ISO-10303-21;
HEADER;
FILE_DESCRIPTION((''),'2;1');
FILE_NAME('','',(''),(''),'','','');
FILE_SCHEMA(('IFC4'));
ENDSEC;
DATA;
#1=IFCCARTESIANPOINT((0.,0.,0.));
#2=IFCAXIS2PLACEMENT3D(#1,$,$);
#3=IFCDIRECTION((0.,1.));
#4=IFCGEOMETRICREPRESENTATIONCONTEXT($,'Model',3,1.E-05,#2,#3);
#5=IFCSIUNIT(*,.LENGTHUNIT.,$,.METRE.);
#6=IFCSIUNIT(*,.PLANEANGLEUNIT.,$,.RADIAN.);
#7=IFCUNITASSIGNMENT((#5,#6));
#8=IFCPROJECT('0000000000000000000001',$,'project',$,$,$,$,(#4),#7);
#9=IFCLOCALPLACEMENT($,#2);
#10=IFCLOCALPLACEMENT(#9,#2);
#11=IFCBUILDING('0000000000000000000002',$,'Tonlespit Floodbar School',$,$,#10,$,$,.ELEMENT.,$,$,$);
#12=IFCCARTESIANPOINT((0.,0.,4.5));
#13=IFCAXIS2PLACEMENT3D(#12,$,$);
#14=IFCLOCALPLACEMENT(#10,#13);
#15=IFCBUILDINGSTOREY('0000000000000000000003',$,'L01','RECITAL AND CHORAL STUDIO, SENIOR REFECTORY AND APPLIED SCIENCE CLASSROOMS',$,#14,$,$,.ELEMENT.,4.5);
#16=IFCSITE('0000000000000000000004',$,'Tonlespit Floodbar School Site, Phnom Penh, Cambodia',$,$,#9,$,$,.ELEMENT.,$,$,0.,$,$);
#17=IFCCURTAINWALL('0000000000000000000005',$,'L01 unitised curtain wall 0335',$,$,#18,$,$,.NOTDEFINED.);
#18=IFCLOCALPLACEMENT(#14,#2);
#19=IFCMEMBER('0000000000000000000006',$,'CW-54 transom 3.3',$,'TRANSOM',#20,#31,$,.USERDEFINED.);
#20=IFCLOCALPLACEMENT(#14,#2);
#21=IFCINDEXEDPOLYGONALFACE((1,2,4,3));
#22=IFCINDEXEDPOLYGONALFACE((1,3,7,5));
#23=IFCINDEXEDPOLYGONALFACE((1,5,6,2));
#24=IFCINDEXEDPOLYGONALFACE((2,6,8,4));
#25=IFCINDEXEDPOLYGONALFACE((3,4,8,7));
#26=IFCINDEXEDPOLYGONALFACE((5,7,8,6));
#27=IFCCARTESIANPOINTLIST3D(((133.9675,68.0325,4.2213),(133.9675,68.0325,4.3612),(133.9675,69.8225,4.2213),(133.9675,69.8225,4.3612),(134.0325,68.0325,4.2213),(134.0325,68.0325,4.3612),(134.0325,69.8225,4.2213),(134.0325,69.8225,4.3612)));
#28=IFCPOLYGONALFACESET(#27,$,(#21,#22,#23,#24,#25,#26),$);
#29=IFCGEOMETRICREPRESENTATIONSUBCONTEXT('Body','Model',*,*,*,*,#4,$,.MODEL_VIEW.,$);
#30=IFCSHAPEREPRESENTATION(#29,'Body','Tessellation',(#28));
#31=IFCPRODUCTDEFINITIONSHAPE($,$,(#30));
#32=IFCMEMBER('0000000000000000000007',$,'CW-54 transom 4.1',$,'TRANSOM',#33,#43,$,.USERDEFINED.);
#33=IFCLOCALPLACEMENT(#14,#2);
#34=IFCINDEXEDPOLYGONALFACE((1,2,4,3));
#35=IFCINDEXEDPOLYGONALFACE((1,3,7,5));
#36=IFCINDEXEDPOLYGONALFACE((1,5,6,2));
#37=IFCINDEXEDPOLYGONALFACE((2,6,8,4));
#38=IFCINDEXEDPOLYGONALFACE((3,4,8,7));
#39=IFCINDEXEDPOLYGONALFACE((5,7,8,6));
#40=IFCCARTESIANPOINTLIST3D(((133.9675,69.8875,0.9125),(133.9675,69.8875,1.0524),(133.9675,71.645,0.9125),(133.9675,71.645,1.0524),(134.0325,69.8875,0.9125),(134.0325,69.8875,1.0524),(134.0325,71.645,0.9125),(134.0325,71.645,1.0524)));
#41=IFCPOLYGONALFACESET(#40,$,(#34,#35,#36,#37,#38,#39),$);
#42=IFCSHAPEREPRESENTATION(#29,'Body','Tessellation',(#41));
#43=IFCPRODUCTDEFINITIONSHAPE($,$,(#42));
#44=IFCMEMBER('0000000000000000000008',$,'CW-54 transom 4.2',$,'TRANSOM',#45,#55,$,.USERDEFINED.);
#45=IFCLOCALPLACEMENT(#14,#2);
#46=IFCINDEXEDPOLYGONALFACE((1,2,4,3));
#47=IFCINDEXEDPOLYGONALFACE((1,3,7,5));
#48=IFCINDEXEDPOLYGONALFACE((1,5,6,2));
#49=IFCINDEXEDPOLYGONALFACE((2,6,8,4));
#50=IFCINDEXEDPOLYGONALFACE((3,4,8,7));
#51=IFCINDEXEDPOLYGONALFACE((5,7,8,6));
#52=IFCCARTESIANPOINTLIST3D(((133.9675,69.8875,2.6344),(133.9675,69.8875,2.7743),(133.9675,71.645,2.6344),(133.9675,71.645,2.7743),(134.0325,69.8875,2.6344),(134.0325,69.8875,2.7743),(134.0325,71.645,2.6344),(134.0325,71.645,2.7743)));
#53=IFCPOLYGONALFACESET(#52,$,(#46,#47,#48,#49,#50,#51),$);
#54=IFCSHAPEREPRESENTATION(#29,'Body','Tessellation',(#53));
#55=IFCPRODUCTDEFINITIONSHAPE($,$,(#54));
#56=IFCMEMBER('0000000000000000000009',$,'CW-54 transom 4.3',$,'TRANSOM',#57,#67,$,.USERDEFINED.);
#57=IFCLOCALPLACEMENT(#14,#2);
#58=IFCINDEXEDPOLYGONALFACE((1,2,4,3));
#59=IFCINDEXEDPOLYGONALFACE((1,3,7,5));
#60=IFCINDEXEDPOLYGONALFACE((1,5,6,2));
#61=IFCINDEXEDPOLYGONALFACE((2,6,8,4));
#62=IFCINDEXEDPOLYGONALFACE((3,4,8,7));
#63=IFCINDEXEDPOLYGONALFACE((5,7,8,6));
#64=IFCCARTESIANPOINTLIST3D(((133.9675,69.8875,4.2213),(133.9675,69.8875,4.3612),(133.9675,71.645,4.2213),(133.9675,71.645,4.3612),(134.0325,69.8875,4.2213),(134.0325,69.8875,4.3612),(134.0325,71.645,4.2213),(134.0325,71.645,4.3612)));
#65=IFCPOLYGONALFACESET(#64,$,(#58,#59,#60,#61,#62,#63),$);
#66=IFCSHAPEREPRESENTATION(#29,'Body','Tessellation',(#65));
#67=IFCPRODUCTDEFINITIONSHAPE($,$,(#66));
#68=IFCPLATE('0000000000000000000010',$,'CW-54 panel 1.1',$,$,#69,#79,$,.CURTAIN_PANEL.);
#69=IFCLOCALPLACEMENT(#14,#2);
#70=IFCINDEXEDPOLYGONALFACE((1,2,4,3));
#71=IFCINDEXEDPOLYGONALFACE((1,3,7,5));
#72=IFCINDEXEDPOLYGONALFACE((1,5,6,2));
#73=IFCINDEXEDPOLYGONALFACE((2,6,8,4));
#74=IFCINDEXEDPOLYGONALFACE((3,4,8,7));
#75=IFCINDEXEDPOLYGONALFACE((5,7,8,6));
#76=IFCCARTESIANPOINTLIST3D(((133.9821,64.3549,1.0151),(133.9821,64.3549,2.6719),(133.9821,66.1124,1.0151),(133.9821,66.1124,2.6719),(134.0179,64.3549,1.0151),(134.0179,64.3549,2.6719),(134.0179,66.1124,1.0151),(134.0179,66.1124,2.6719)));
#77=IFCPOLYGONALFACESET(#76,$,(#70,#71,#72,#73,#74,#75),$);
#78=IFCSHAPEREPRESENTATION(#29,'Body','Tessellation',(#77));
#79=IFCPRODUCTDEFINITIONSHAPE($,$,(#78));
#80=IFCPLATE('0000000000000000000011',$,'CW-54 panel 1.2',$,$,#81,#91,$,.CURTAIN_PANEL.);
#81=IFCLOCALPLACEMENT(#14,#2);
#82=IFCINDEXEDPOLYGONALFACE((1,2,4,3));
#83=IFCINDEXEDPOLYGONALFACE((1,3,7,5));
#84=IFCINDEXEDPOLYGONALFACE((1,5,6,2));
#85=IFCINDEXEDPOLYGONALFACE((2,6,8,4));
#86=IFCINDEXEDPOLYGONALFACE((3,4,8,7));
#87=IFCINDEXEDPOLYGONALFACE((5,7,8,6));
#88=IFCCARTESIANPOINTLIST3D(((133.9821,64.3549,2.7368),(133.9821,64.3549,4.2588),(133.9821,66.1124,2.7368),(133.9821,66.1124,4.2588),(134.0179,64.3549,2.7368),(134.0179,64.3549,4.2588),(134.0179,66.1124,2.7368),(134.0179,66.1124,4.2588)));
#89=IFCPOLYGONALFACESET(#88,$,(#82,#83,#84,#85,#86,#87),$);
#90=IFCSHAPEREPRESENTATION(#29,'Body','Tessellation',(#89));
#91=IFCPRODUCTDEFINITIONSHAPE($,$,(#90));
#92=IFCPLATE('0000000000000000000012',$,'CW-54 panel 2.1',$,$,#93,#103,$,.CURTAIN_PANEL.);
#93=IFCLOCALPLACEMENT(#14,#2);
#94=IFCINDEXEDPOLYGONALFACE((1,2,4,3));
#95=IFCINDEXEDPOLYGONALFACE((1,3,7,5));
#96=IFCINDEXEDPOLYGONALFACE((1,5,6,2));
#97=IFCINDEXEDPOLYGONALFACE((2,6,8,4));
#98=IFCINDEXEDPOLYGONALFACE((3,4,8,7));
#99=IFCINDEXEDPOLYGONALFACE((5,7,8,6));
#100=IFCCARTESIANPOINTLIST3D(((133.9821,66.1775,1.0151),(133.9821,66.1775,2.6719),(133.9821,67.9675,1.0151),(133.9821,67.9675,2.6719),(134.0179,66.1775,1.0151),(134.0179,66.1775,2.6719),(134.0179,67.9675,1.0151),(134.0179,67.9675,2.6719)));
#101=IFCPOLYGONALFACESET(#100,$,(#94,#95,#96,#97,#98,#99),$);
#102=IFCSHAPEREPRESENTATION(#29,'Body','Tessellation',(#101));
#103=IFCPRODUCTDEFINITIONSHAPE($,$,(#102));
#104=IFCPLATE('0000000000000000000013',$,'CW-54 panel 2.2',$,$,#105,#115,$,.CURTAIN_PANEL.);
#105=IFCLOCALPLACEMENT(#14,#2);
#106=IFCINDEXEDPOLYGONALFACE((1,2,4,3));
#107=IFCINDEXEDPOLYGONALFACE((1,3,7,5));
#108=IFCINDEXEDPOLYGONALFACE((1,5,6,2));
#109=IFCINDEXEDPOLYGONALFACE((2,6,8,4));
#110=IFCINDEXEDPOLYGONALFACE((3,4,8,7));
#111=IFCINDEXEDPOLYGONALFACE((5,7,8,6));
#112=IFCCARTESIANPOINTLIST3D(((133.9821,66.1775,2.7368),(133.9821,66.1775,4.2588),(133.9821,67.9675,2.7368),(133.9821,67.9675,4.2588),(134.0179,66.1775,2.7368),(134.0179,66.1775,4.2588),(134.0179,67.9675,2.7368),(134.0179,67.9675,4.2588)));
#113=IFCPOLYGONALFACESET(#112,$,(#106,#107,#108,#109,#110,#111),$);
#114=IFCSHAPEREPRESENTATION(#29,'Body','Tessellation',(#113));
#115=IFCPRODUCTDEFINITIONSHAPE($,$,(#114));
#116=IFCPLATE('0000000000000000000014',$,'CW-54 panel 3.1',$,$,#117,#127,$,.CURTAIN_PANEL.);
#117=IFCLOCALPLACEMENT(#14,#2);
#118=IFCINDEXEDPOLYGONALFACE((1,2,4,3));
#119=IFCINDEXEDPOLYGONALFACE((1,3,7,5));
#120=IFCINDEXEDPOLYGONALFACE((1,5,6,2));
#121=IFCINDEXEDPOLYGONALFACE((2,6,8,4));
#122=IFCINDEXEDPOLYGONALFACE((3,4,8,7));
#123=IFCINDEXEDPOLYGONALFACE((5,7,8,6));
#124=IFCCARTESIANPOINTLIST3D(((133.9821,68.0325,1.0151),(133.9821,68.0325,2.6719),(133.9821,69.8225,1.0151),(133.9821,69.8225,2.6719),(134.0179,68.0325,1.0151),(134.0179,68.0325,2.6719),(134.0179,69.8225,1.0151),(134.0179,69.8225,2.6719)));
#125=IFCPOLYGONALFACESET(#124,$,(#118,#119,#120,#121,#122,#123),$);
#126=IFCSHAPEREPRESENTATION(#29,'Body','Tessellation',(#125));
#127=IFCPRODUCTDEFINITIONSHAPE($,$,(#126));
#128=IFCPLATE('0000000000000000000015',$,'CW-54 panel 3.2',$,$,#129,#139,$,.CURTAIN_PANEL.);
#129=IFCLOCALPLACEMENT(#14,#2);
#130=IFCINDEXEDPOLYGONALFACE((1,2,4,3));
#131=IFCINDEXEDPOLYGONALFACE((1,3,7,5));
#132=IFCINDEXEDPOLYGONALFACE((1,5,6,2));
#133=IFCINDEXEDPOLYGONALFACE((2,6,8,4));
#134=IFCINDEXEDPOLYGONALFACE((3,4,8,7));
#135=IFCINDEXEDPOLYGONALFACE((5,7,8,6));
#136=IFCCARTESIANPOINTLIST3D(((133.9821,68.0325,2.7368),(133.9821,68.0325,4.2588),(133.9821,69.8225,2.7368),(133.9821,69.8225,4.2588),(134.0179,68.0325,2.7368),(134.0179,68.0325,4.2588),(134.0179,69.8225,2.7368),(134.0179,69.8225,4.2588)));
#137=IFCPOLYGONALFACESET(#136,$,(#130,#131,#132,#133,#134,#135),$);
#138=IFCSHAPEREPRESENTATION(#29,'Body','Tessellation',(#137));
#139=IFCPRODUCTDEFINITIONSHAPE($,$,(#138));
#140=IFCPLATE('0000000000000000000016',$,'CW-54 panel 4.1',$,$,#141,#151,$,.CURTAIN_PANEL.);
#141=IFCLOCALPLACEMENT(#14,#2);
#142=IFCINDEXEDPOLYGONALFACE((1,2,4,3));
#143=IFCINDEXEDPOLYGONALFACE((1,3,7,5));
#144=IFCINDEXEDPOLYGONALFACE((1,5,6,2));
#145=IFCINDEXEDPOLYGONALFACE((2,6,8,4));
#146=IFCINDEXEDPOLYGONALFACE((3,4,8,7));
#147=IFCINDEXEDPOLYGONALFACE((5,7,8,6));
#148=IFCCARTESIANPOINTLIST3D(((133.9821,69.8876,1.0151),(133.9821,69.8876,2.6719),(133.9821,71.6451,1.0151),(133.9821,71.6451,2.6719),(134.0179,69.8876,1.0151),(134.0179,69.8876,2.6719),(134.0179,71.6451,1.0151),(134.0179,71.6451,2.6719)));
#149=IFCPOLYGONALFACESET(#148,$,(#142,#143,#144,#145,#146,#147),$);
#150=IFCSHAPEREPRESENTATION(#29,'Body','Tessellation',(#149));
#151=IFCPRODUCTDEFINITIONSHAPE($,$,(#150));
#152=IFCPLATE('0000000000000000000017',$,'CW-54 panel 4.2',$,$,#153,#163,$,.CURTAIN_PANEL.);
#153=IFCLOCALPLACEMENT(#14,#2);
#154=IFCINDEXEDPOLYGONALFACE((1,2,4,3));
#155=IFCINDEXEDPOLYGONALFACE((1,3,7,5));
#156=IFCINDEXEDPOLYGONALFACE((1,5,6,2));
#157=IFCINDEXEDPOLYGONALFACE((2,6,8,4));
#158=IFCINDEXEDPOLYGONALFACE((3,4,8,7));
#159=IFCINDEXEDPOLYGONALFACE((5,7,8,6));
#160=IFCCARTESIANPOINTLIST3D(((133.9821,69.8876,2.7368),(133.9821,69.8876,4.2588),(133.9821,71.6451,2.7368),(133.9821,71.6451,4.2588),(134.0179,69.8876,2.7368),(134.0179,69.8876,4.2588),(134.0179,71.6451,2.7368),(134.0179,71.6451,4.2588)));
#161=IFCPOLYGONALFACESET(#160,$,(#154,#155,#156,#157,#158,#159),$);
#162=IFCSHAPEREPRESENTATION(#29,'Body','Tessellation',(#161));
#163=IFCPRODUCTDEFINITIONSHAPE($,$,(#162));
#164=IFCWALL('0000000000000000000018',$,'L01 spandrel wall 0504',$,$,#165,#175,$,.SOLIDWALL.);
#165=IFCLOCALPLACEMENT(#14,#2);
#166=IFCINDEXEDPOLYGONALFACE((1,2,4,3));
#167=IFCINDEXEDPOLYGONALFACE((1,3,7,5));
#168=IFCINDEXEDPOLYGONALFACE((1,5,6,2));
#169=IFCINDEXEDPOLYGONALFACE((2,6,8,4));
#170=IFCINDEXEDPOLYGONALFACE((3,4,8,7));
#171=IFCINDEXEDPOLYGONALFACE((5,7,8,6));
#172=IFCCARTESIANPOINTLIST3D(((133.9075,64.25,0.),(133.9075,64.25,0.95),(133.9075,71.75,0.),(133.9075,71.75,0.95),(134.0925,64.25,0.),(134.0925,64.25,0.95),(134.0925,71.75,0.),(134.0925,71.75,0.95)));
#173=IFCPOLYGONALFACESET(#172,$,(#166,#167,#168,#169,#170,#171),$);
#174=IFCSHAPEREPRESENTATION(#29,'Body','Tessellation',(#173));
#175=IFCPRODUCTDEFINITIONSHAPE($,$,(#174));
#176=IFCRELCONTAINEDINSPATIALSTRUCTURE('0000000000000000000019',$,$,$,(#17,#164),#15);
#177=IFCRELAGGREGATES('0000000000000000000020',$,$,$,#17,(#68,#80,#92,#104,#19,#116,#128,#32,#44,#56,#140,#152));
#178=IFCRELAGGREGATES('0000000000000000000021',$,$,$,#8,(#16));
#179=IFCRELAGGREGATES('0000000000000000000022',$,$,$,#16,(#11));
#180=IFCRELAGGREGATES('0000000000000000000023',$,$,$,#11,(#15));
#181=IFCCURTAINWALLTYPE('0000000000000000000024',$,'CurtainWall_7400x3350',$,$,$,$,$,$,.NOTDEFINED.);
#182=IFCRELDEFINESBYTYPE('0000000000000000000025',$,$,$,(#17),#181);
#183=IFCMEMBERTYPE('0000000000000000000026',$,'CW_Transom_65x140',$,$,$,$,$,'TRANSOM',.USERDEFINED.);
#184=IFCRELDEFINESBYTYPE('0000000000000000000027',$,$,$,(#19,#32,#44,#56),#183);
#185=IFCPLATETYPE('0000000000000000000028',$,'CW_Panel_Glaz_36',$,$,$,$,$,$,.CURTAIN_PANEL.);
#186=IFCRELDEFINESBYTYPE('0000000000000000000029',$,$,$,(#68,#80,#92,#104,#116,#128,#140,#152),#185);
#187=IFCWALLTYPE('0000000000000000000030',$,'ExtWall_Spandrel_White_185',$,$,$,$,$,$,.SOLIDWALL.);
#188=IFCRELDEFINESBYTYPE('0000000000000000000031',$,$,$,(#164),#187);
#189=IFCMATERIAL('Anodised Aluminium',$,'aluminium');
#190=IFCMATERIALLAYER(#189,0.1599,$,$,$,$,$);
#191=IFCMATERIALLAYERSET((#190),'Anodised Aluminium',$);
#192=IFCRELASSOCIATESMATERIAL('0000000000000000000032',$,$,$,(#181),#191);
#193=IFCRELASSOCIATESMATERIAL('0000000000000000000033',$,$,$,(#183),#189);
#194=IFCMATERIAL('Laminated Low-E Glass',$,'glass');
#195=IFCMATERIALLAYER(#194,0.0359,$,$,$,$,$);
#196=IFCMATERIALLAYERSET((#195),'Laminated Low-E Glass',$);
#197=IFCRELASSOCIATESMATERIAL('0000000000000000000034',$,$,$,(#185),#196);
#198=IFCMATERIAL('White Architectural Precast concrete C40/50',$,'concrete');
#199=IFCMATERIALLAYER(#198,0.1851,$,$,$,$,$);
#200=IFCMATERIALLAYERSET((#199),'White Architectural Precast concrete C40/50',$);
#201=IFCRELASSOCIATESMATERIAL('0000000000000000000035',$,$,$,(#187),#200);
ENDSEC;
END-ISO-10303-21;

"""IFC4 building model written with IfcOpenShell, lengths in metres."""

from ifc_helpers import new_model, si_unit, direction, frame, frame_2d, origin, origin_2d, place, context, subcontext, project, spatial, rectangle, extrude, material, layer, layer_set, material_profile, profile_set, type_object, element, aggregate, save


model = new_model("IFC4")

# Units and contexts
model_context = context("Model", 3, precision=1e-05, world=origin(), true_north=direction((0.0, 1.0)))
body_context = subcontext(model_context, "Body", "Model", "MODEL_VIEW")
ifc_project = project(units=[si_unit("LENGTHUNIT", "METRE"), si_unit("PLANEANGLEUNIT", "RADIAN")], contexts=[model_context])

# Site, building, storey
site_placement = place(None, origin())
site = spatial("IfcSite", under=ifc_project, at=site_placement, Name="Tonlespit Floodbar School Site, Phnom Penh, Cambodia", CompositionType="ELEMENT", RefElevation=0.0)
building_placement = place(site_placement, origin())
building = spatial("IfcBuilding", under=site, at=building_placement, Name="Tonlespit Floodbar School", CompositionType="ELEMENT")
storey_placement = place(building_placement, frame((0.0, 0.0, 4.5)))
storey = spatial("IfcBuildingStorey", under=building, at=storey_placement, Name="L01", Description="RECITAL AND CHORAL STUDIO, SENIOR REFECTORY AND APPLIED SCIENCE CLASSROOMS", CompositionType="ELEMENT", Elevation=4.5)

# Curtain wall, members, plates
ifc_material_1 = material(Name="Anodised Aluminium", Category="aluminium")
ifc_layer_1 = layer(ifc_material_1, 0.1599)
ifc_layer_set_1 = layer_set([ifc_layer_1], Name="Anodised Aluminium")
curtain_wall_type = type_object("IfcCurtainWallType", Name="CurtainWall_7400x3350", PredefinedType="NOTDEFINED", material=ifc_layer_set_1)
curtain_wall_placement = place(storey_placement, origin())
curtain_wall = element("IfcCurtainWall", 1, at=curtain_wall_placement, inside=storey, type_object=curtain_wall_type, Name="L01 unitised curtain wall 0335", PredefinedType="NOTDEFINED")
ifc_material_profile_1 = material_profile(ifc_material_1, rectangle(XDim=0.0649, YDim=0.1399, at=origin_2d()), Name="ALU T65x140")
ifc_profile_set_1 = profile_set([ifc_material_profile_1], Name="Anodised Aluminium")
member_type_1 = type_object("IfcMemberType", Name="CW_Transom_65x140", ElementType="TRANSOM", PredefinedType="USERDEFINED", material=ifc_profile_set_1)
member_1_placement = place(storey_placement, frame((134.0, 68.0325, 4.2913), z_axis=(0.0, 1.0, 0.0), x_axis=(-1.0, 0.0, 0.0)))
member_1 = element("IfcMember", 2, at=member_1_placement, type_object=member_type_1, Name="CW-54 transom 3.3", ObjectType="TRANSOM", PredefinedType="USERDEFINED", context=body_context, shape_type="SweptSolid", body=[
    extrude(rectangle(XDim=0.0649, YDim=0.1399, at=origin_2d()), origin(), (0.0, 0.0, 1.0), 1.79),
])
member_2_placement = place(storey_placement, frame((134.0, 69.8875, 0.9824), z_axis=(0.0, 1.0, 0.0), x_axis=(-1.0, 0.0, 0.0)))
member_2 = element("IfcMember", 3, at=member_2_placement, type_object=member_type_1, Name="CW-54 transom 4.1", ObjectType="TRANSOM", PredefinedType="USERDEFINED", context=body_context, shape_type="SweptSolid", body=[
    extrude(rectangle(XDim=0.0649, YDim=0.1399, at=origin_2d()), origin(), (0.0, 0.0, 1.0), 1.7576),
])
member_3_placement = place(storey_placement, frame((134.0, 69.8875, 2.7043), z_axis=(0.0, 1.0, 0.0), x_axis=(-1.0, 0.0, 0.0)))
member_3 = element("IfcMember", 4, at=member_3_placement, type_object=member_type_1, Name="CW-54 transom 4.2", ObjectType="TRANSOM", PredefinedType="USERDEFINED", context=body_context, shape_type="SweptSolid", body=[
    extrude(rectangle(XDim=0.0649, YDim=0.1399, at=origin_2d()), origin(), (0.0, 0.0, 1.0), 1.7576),
])
member_4_placement = place(storey_placement, frame((134.0, 69.8875, 4.2913), z_axis=(0.0, 1.0, 0.0), x_axis=(-1.0, 0.0, 0.0)))
member_4 = element("IfcMember", 5, at=member_4_placement, type_object=member_type_1, Name="CW-54 transom 4.3", ObjectType="TRANSOM", PredefinedType="USERDEFINED", context=body_context, shape_type="SweptSolid", body=[
    extrude(rectangle(XDim=0.0649, YDim=0.1399, at=origin_2d()), origin(), (0.0, 0.0, 1.0), 1.7576),
])
ifc_material_2 = material(Name="Laminated Low-E Glass", Category="glass")
ifc_layer_2 = layer(ifc_material_2, 0.0359)
ifc_layer_set_2 = layer_set([ifc_layer_2], Name="Laminated Low-E Glass")
plate_type = type_object("IfcPlateType", Name="CW_Panel_Glaz_36", PredefinedType="CURTAIN_PANEL", material=ifc_layer_set_2)
plate_1_placement = place(storey_placement, frame((134.0, 65.2336, 1.0151), z_axis=(0.0, 0.0, 1.0), x_axis=(0.0, 1.0, 0.0)))
plate_1 = element("IfcPlate", 6, at=plate_1_placement, type_object=plate_type, Name="CW-54 panel 1.1", PredefinedType="CURTAIN_PANEL", context=body_context, shape_type="SweptSolid", body=[
    extrude(rectangle(XDim=1.7576, YDim=0.0359, at=origin_2d()), origin(), (0.0, 0.0, 1.0), 1.6567),
])
plate_2_placement = place(storey_placement, frame((134.0, 65.2336, 2.7368), z_axis=(0.0, 0.0, 1.0), x_axis=(0.0, 1.0, 0.0)))
plate_2 = element("IfcPlate", 7, at=plate_2_placement, type_object=plate_type, Name="CW-54 panel 1.2", PredefinedType="CURTAIN_PANEL", context=body_context, shape_type="SweptSolid", body=[
    extrude(rectangle(XDim=1.7576, YDim=0.0359, at=origin_2d()), origin(), (0.0, 0.0, 1.0), 1.522),
])
plate_3_placement = place(storey_placement, frame((134.0, 67.0725, 1.0151), z_axis=(0.0, 0.0, 1.0), x_axis=(0.0, 1.0, 0.0)))
plate_3 = element("IfcPlate", 8, at=plate_3_placement, type_object=plate_type, Name="CW-54 panel 2.1", PredefinedType="CURTAIN_PANEL", context=body_context, shape_type="SweptSolid", body=[
    extrude(rectangle(XDim=1.79, YDim=0.0359, at=origin_2d()), origin(), (0.0, 0.0, 1.0), 1.6567),
])
plate_4_placement = place(storey_placement, frame((134.0, 67.0725, 2.7368), z_axis=(0.0, 0.0, 1.0), x_axis=(0.0, 1.0, 0.0)))
plate_4 = element("IfcPlate", 9, at=plate_4_placement, type_object=plate_type, Name="CW-54 panel 2.2", PredefinedType="CURTAIN_PANEL", context=body_context, shape_type="SweptSolid", body=[
    extrude(rectangle(XDim=1.79, YDim=0.0359, at=origin_2d()), origin(), (0.0, 0.0, 1.0), 1.522),
])
plate_5_placement = place(storey_placement, frame((134.0, 68.9275, 1.0151), z_axis=(0.0, 0.0, 1.0), x_axis=(0.0, 1.0, 0.0)))
plate_5 = element("IfcPlate", 10, at=plate_5_placement, type_object=plate_type, Name="CW-54 panel 3.1", PredefinedType="CURTAIN_PANEL", context=body_context, shape_type="SweptSolid", body=[
    extrude(rectangle(XDim=1.79, YDim=0.0359, at=origin_2d()), origin(), (0.0, 0.0, 1.0), 1.6567),
])
plate_6_placement = place(storey_placement, frame((134.0, 68.9275, 2.7368), z_axis=(0.0, 0.0, 1.0), x_axis=(0.0, 1.0, 0.0)))
plate_6 = element("IfcPlate", 11, at=plate_6_placement, type_object=plate_type, Name="CW-54 panel 3.2", PredefinedType="CURTAIN_PANEL", context=body_context, shape_type="SweptSolid", body=[
    extrude(rectangle(XDim=1.79, YDim=0.0359, at=origin_2d()), origin(), (0.0, 0.0, 1.0), 1.522),
])
plate_7_placement = place(storey_placement, frame((134.0, 70.7664, 1.0151), z_axis=(0.0, 0.0, 1.0), x_axis=(0.0, 1.0, 0.0)))
plate_7 = element("IfcPlate", 12, at=plate_7_placement, type_object=plate_type, Name="CW-54 panel 4.1", PredefinedType="CURTAIN_PANEL", context=body_context, shape_type="SweptSolid", body=[
    extrude(rectangle(XDim=1.7576, YDim=0.0359, at=origin_2d()), origin(), (0.0, 0.0, 1.0), 1.6567),
])
plate_8_placement = place(storey_placement, frame((134.0, 70.7664, 2.7368), z_axis=(0.0, 0.0, 1.0), x_axis=(0.0, 1.0, 0.0)))
plate_8 = element("IfcPlate", 13, at=plate_8_placement, type_object=plate_type, Name="CW-54 panel 4.2", PredefinedType="CURTAIN_PANEL", context=body_context, shape_type="SweptSolid", body=[
    extrude(rectangle(XDim=1.7576, YDim=0.0359, at=origin_2d()), origin(), (0.0, 0.0, 1.0), 1.522),
])
aggregate(curtain_wall, [plate_1, plate_2, plate_3, plate_4, member_1, plate_5, plate_6, member_2, member_3, member_4, plate_7, plate_8])

# Wall
ifc_material_3 = material(Name="White Architectural Precast concrete C40/50", Category="concrete")
ifc_layer_3 = layer(ifc_material_3, 0.1851)
ifc_layer_set_3 = layer_set([ifc_layer_3], Name="White Architectural Precast concrete C40/50")
wall_type = type_object("IfcWallType", Name="ExtWall_Spandrel_White_185", PredefinedType="SOLIDWALL", material=ifc_layer_set_3)
wall_placement = place(storey_placement, frame((134.0, 64.25, 0.0), z_axis=(0.0, 0.0, 1.0), x_axis=(0.0, 1.0, 0.0)))
element("IfcWall", 14, at=wall_placement, inside=storey, type_object=wall_type, Name="L01 spandrel wall 0504", PredefinedType="SOLIDWALL", context=body_context, shape_type="SweptSolid", body=[
    extrude(rectangle(XDim=7.5, YDim=0.1851, at=frame_2d((3.75, 0.0))), origin(), (0.0, 0.0, 1.0), 0.95),
])

save(model, "model.ifc")
